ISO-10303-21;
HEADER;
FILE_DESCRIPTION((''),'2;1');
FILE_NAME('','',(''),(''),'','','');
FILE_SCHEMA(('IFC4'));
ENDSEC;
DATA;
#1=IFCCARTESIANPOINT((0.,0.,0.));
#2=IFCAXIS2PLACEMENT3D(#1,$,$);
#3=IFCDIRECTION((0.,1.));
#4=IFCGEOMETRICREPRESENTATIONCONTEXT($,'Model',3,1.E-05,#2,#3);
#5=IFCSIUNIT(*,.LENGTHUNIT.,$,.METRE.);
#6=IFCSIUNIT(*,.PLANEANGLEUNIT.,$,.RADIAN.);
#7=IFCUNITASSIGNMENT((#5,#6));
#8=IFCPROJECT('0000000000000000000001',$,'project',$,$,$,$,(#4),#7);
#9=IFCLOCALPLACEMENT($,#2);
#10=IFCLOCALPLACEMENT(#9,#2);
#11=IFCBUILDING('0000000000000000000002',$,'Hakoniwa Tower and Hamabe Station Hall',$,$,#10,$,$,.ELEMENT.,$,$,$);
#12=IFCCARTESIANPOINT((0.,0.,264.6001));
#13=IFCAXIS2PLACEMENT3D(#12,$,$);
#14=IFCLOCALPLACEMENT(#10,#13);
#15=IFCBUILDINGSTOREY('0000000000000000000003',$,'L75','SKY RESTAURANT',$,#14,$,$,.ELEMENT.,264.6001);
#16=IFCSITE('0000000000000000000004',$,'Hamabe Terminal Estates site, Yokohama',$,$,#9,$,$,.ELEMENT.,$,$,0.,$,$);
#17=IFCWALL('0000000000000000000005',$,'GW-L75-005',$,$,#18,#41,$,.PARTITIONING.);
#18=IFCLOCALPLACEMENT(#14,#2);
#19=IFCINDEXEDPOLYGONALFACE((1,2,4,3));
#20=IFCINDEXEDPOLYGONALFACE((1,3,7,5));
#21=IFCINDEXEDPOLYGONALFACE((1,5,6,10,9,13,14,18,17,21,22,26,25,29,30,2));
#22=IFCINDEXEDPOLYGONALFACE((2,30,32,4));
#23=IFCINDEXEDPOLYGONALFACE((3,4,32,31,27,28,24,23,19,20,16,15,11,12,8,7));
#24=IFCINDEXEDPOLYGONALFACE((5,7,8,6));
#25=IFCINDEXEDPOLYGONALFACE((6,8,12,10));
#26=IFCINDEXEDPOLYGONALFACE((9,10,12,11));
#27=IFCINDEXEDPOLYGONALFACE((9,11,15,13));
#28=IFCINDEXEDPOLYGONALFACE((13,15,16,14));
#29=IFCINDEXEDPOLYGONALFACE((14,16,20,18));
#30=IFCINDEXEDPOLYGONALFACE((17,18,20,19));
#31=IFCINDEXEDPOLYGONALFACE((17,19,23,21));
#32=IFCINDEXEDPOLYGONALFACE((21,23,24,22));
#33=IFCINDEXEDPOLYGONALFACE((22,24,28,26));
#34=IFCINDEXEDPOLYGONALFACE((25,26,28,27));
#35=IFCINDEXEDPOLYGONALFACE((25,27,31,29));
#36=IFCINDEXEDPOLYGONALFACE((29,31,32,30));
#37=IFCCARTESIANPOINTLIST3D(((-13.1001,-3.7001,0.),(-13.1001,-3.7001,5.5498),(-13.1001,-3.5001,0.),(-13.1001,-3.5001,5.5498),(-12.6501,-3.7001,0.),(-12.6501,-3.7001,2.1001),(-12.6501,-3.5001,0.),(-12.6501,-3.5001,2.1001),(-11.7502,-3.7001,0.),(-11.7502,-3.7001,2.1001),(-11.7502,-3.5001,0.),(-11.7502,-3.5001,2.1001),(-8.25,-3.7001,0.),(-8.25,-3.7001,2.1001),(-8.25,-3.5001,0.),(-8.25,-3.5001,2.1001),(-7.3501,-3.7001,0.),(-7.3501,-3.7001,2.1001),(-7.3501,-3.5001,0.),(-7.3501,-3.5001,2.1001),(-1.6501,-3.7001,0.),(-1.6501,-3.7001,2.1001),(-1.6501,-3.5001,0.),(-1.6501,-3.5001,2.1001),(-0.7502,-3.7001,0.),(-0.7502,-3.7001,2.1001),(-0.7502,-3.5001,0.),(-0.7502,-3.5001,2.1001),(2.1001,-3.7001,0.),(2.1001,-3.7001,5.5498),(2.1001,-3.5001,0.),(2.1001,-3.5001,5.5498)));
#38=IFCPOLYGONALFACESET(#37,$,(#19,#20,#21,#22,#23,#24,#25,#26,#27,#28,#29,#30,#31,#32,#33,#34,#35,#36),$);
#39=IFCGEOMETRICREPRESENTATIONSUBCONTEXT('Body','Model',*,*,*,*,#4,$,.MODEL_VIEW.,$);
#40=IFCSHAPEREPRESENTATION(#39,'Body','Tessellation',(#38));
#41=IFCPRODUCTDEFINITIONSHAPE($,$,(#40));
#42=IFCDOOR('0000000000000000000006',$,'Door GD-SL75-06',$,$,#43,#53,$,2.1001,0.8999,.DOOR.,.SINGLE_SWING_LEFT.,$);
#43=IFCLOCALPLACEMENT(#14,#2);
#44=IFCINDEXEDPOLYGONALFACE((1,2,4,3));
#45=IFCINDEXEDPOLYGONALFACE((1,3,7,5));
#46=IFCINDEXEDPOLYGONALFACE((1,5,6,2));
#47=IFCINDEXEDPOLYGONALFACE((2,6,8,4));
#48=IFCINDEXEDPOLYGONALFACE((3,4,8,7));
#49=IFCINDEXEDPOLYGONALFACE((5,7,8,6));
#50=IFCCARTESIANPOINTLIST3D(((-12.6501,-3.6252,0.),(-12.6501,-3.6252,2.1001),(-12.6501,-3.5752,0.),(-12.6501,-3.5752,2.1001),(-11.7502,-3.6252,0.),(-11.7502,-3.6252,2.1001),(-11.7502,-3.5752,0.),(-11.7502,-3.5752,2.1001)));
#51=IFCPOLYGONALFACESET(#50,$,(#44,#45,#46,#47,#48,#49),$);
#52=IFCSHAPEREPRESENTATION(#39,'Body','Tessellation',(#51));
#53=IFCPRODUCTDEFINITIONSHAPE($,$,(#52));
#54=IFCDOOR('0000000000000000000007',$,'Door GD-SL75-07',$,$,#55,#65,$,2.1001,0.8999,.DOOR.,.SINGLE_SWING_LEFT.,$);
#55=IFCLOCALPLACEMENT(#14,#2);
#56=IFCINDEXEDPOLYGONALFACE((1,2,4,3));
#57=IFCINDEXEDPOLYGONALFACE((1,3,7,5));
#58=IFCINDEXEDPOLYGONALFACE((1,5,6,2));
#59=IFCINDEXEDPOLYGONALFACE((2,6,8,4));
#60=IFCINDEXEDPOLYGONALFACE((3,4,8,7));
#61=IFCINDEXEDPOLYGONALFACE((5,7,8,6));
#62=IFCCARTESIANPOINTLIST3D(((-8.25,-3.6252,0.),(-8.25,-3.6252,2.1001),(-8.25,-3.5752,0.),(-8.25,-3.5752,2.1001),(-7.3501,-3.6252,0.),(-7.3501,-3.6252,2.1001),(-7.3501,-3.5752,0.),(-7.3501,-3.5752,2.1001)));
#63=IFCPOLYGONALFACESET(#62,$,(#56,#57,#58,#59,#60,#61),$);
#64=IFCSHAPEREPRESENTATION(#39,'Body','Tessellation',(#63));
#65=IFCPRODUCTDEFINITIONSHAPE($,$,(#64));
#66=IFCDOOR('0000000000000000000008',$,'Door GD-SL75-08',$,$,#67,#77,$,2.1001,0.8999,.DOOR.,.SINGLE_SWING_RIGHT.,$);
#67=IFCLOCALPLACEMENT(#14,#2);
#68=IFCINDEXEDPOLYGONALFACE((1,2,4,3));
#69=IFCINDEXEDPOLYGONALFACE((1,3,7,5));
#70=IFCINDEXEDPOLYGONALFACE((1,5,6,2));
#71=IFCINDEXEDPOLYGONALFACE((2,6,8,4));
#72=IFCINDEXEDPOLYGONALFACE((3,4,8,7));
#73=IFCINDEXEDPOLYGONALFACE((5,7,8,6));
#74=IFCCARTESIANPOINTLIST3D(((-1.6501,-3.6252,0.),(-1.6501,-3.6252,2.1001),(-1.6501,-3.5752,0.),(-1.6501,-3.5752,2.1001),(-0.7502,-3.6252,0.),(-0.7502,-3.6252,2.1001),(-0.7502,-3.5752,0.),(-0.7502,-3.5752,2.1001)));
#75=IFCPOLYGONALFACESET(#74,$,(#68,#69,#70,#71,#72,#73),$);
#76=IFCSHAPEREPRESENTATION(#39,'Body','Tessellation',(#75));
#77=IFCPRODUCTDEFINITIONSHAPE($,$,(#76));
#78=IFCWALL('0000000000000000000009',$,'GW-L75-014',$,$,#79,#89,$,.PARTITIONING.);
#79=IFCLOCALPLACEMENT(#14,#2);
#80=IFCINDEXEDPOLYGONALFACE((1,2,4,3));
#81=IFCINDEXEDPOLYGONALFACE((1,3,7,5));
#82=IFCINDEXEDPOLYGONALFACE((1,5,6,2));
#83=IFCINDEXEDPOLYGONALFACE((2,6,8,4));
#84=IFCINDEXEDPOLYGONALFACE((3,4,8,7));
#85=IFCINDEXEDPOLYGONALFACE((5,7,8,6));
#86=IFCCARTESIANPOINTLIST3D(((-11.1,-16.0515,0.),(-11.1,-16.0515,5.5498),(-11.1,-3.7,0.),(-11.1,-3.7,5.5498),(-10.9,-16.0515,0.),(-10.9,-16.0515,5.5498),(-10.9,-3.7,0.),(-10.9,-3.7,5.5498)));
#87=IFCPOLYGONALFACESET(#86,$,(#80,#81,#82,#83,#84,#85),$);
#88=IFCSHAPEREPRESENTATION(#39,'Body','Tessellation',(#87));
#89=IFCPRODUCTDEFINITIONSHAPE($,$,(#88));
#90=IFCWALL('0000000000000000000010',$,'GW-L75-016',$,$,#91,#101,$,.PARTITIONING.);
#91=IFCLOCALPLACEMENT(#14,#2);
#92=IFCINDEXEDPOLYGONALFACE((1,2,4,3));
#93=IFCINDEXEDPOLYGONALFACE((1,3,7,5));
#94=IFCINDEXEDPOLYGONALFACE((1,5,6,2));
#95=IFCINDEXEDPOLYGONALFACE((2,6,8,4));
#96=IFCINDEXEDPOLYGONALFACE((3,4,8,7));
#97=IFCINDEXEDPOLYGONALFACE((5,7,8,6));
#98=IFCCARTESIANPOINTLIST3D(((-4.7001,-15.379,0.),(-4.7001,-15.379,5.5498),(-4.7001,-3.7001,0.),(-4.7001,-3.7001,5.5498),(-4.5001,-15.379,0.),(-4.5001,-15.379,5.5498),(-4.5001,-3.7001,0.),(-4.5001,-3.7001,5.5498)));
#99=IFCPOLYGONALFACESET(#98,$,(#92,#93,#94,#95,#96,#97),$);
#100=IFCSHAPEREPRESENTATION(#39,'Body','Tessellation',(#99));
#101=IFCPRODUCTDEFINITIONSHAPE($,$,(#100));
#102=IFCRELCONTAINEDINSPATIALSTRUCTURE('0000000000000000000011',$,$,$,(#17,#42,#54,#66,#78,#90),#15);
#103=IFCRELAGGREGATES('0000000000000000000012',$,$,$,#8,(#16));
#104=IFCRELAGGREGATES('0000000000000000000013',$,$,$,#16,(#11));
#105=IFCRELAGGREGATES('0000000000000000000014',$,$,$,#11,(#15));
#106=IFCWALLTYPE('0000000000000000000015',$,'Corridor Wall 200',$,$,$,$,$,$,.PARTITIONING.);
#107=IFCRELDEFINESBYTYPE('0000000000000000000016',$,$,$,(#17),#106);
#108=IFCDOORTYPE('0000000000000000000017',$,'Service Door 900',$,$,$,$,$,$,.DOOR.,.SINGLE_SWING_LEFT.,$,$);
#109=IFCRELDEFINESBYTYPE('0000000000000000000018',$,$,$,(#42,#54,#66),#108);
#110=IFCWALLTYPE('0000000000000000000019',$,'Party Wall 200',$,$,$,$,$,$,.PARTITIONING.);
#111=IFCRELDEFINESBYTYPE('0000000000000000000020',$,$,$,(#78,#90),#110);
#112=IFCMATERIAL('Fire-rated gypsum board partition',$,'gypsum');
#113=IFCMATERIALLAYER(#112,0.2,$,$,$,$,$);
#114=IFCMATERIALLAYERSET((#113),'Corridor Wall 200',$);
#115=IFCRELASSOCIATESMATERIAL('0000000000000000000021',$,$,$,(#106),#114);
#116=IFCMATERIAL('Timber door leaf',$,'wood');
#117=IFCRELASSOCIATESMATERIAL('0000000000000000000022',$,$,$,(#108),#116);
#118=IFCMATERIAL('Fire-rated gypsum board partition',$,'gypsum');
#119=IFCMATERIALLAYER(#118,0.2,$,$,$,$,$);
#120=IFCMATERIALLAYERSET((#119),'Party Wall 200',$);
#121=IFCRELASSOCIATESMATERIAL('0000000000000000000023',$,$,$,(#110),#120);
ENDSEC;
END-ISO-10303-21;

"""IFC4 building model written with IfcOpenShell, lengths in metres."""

from ifc_helpers import new_model, si_unit, direction, frame, frame_2d, origin, place, context, subcontext, project, spatial, rectangle, extrude, material, layer, layer_set, type_object, element, fill, save


model = new_model("IFC4")

# Units and contexts
model_context = context("Model", 3, precision=1e-05, world=origin(), true_north=direction((0.0, 1.0)))
body_context = subcontext(model_context, "Body", "Model", "MODEL_VIEW")
ifc_project = project(units=[si_unit("LENGTHUNIT", "METRE"), si_unit("PLANEANGLEUNIT", "RADIAN")], contexts=[model_context])

# Site, building, storey
site_placement = place(None, origin())
site = spatial("IfcSite", under=ifc_project, at=site_placement, Name="Hamabe Terminal Estates site, Yokohama", CompositionType="ELEMENT", RefElevation=0.0)
building_placement = place(site_placement, origin())
building = spatial("IfcBuilding", under=site, at=building_placement, Name="Hakoniwa Tower and Hamabe Station Hall", CompositionType="ELEMENT")
storey_placement = place(building_placement, frame((0.0, 0.0, 264.6001)))
storey = spatial("IfcBuildingStorey", under=building, at=storey_placement, Name="L75", Description="SKY RESTAURANT", CompositionType="ELEMENT", Elevation=264.6001)

# Wall, openings, doors
ifc_material_1 = material(Name="Fire-rated gypsum board partition", Category="gypsum")
ifc_layer_1 = layer(ifc_material_1, 0.2)
ifc_layer_set_1 = layer_set([ifc_layer_1], Name="Corridor Wall 200")
wall_type_1 = type_object("IfcWallType", Name="Corridor Wall 200", PredefinedType="PARTITIONING", material=ifc_layer_set_1)
wall_1_placement = place(storey_placement, frame((-13.1001, -3.6001, 0.0), z_axis=(0.0, 0.0, 1.0), x_axis=(1.0, 0.0, 0.0)))
wall_1 = element("IfcWall", 1, at=wall_1_placement, inside=storey, type_object=wall_type_1, Name="GW-L75-005", PredefinedType="PARTITIONING", context=body_context, shape_type="SweptSolid", body=[
    extrude(rectangle(XDim=15.2002, YDim=0.2, at=frame_2d((7.6001, 0.0))), origin(), (0.0, 0.0, 1.0), 5.5498),
])
opening_1_placement = place(wall_1_placement, frame((0.45, 0.0, 0.0)))
opening_1 = element("IfcOpeningElement", 2, at=opening_1_placement, cuts=wall_1, PredefinedType="OPENING", context=body_context, shape_type="SweptSolid", body=[
    extrude(rectangle(XDim=0.8999, YDim=2.1001, at=frame_2d((0.45, 1.05))), frame((0.0, 0.1099, 0.0), z_axis=(0.0, -1.0, 0.0), x_axis=(1.0, 0.0, 0.0)), (0.0, 0.0, 1.0), 0.22),
])
opening_2_placement = place(wall_1_placement, frame((4.8501, 0.0, 0.0)))
opening_2 = element("IfcOpeningElement", 3, at=opening_2_placement, cuts=wall_1, PredefinedType="OPENING", context=body_context, shape_type="SweptSolid", body=[
    extrude(rectangle(XDim=0.8999, YDim=2.1001, at=frame_2d((0.45, 1.05))), frame((0.0, 0.1099, 0.0), z_axis=(0.0, -1.0, 0.0), x_axis=(1.0, 0.0, 0.0)), (0.0, 0.0, 1.0), 0.22),
])
opening_3_placement = place(wall_1_placement, frame((11.45, 0.0, 0.0)))
opening_3 = element("IfcOpeningElement", 4, at=opening_3_placement, cuts=wall_1, PredefinedType="OPENING", context=body_context, shape_type="SweptSolid", body=[
    extrude(rectangle(XDim=0.8999, YDim=2.1001, at=frame_2d((0.45, 1.05))), frame((0.0, 0.1099, 0.0), z_axis=(0.0, -1.0, 0.0), x_axis=(1.0, 0.0, 0.0)), (0.0, 0.0, 1.0), 0.22),
])
ifc_material_2 = material(Name="Timber door leaf", Category="wood")
door_type = type_object("IfcDoorType", Name="Service Door 900", OperationType="SINGLE_SWING_LEFT", PredefinedType="DOOR", material=ifc_material_2)
door_1_placement = place(opening_1_placement, origin())
door_1 = element("IfcDoor", 5, at=door_1_placement, inside=storey, type_object=door_type, Name="Door GD-SL75-06", OperationType="SINGLE_SWING_LEFT", OverallHeight=2.1001, OverallWidth=0.8999, PredefinedType="DOOR", context=body_context, shape_type="SweptSolid", body=[
    extrude(rectangle(XDim=0.8999, YDim=2.1001, at=frame_2d((0.45, 1.05))), frame((0.0, 0.0249, 0.0), z_axis=(0.0, -1.0, 0.0), x_axis=(1.0, 0.0, 0.0)), (0.0, 0.0, 1.0), 0.05),
])
fill(opening_1, door_1)
door_2_placement = place(opening_2_placement, origin())
door_2 = element("IfcDoor", 6, at=door_2_placement, inside=storey, type_object=door_type, Name="Door GD-SL75-07", OperationType="SINGLE_SWING_LEFT", OverallHeight=2.1001, OverallWidth=0.8999, PredefinedType="DOOR", context=body_context, shape_type="SweptSolid", body=[
    extrude(rectangle(XDim=0.8999, YDim=2.1001, at=frame_2d((0.45, 1.05))), frame((0.0, 0.0249, 0.0), z_axis=(0.0, -1.0, 0.0), x_axis=(1.0, 0.0, 0.0)), (0.0, 0.0, 1.0), 0.05),
])
fill(opening_2, door_2)
door_3_placement = place(opening_3_placement, origin())
door_3 = element("IfcDoor", 7, at=door_3_placement, inside=storey, type_object=door_type, Name="Door GD-SL75-08", OperationType="SINGLE_SWING_RIGHT", OverallHeight=2.1001, OverallWidth=0.8999, PredefinedType="DOOR", context=body_context, shape_type="SweptSolid", body=[
    extrude(rectangle(XDim=0.8999, YDim=2.1001, at=frame_2d((0.45, 1.05))), frame((0.0, 0.0249, 0.0), z_axis=(0.0, -1.0, 0.0), x_axis=(1.0, 0.0, 0.0)), (0.0, 0.0, 1.0), 0.05),
])
fill(opening_3, door_3)

# Walls
ifc_material_3 = material(Name="Fire-rated gypsum board partition", Category="gypsum")
ifc_layer_2 = layer(ifc_material_3, 0.2)
ifc_layer_set_2 = layer_set([ifc_layer_2], Name="Party Wall 200")
wall_type_2 = type_object("IfcWallType", Name="Party Wall 200", PredefinedType="PARTITIONING", material=ifc_layer_set_2)
wall_2_placement = place(storey_placement, frame((-11.0, -16.0515, 0.0), z_axis=(0.0, 0.0, 1.0), x_axis=(0.0, 1.0, 0.0)))
element("IfcWall", 8, at=wall_2_placement, inside=storey, type_object=wall_type_2, Name="GW-L75-014", PredefinedType="PARTITIONING", context=body_context, shape_type="SweptSolid", body=[
    extrude(rectangle(XDim=12.3516, YDim=0.2, at=frame_2d((6.1758, 0.0))), origin(), (0.0, 0.0, 1.0), 5.5498),
])
wall_3_placement = place(storey_placement, frame((-4.6001, -15.3789, 0.0), z_axis=(0.0, 0.0, 1.0), x_axis=(0.0, 1.0, 0.0)))
element("IfcWall", 9, at=wall_3_placement, inside=storey, type_object=wall_type_2, Name="GW-L75-016", PredefinedType="PARTITIONING", context=body_context, shape_type="SweptSolid", body=[
    extrude(rectangle(XDim=11.679, YDim=0.2, at=frame_2d((5.8394, 0.0))), origin(), (0.0, 0.0, 1.0), 5.5498),
])

save(model, "model.ifc")
